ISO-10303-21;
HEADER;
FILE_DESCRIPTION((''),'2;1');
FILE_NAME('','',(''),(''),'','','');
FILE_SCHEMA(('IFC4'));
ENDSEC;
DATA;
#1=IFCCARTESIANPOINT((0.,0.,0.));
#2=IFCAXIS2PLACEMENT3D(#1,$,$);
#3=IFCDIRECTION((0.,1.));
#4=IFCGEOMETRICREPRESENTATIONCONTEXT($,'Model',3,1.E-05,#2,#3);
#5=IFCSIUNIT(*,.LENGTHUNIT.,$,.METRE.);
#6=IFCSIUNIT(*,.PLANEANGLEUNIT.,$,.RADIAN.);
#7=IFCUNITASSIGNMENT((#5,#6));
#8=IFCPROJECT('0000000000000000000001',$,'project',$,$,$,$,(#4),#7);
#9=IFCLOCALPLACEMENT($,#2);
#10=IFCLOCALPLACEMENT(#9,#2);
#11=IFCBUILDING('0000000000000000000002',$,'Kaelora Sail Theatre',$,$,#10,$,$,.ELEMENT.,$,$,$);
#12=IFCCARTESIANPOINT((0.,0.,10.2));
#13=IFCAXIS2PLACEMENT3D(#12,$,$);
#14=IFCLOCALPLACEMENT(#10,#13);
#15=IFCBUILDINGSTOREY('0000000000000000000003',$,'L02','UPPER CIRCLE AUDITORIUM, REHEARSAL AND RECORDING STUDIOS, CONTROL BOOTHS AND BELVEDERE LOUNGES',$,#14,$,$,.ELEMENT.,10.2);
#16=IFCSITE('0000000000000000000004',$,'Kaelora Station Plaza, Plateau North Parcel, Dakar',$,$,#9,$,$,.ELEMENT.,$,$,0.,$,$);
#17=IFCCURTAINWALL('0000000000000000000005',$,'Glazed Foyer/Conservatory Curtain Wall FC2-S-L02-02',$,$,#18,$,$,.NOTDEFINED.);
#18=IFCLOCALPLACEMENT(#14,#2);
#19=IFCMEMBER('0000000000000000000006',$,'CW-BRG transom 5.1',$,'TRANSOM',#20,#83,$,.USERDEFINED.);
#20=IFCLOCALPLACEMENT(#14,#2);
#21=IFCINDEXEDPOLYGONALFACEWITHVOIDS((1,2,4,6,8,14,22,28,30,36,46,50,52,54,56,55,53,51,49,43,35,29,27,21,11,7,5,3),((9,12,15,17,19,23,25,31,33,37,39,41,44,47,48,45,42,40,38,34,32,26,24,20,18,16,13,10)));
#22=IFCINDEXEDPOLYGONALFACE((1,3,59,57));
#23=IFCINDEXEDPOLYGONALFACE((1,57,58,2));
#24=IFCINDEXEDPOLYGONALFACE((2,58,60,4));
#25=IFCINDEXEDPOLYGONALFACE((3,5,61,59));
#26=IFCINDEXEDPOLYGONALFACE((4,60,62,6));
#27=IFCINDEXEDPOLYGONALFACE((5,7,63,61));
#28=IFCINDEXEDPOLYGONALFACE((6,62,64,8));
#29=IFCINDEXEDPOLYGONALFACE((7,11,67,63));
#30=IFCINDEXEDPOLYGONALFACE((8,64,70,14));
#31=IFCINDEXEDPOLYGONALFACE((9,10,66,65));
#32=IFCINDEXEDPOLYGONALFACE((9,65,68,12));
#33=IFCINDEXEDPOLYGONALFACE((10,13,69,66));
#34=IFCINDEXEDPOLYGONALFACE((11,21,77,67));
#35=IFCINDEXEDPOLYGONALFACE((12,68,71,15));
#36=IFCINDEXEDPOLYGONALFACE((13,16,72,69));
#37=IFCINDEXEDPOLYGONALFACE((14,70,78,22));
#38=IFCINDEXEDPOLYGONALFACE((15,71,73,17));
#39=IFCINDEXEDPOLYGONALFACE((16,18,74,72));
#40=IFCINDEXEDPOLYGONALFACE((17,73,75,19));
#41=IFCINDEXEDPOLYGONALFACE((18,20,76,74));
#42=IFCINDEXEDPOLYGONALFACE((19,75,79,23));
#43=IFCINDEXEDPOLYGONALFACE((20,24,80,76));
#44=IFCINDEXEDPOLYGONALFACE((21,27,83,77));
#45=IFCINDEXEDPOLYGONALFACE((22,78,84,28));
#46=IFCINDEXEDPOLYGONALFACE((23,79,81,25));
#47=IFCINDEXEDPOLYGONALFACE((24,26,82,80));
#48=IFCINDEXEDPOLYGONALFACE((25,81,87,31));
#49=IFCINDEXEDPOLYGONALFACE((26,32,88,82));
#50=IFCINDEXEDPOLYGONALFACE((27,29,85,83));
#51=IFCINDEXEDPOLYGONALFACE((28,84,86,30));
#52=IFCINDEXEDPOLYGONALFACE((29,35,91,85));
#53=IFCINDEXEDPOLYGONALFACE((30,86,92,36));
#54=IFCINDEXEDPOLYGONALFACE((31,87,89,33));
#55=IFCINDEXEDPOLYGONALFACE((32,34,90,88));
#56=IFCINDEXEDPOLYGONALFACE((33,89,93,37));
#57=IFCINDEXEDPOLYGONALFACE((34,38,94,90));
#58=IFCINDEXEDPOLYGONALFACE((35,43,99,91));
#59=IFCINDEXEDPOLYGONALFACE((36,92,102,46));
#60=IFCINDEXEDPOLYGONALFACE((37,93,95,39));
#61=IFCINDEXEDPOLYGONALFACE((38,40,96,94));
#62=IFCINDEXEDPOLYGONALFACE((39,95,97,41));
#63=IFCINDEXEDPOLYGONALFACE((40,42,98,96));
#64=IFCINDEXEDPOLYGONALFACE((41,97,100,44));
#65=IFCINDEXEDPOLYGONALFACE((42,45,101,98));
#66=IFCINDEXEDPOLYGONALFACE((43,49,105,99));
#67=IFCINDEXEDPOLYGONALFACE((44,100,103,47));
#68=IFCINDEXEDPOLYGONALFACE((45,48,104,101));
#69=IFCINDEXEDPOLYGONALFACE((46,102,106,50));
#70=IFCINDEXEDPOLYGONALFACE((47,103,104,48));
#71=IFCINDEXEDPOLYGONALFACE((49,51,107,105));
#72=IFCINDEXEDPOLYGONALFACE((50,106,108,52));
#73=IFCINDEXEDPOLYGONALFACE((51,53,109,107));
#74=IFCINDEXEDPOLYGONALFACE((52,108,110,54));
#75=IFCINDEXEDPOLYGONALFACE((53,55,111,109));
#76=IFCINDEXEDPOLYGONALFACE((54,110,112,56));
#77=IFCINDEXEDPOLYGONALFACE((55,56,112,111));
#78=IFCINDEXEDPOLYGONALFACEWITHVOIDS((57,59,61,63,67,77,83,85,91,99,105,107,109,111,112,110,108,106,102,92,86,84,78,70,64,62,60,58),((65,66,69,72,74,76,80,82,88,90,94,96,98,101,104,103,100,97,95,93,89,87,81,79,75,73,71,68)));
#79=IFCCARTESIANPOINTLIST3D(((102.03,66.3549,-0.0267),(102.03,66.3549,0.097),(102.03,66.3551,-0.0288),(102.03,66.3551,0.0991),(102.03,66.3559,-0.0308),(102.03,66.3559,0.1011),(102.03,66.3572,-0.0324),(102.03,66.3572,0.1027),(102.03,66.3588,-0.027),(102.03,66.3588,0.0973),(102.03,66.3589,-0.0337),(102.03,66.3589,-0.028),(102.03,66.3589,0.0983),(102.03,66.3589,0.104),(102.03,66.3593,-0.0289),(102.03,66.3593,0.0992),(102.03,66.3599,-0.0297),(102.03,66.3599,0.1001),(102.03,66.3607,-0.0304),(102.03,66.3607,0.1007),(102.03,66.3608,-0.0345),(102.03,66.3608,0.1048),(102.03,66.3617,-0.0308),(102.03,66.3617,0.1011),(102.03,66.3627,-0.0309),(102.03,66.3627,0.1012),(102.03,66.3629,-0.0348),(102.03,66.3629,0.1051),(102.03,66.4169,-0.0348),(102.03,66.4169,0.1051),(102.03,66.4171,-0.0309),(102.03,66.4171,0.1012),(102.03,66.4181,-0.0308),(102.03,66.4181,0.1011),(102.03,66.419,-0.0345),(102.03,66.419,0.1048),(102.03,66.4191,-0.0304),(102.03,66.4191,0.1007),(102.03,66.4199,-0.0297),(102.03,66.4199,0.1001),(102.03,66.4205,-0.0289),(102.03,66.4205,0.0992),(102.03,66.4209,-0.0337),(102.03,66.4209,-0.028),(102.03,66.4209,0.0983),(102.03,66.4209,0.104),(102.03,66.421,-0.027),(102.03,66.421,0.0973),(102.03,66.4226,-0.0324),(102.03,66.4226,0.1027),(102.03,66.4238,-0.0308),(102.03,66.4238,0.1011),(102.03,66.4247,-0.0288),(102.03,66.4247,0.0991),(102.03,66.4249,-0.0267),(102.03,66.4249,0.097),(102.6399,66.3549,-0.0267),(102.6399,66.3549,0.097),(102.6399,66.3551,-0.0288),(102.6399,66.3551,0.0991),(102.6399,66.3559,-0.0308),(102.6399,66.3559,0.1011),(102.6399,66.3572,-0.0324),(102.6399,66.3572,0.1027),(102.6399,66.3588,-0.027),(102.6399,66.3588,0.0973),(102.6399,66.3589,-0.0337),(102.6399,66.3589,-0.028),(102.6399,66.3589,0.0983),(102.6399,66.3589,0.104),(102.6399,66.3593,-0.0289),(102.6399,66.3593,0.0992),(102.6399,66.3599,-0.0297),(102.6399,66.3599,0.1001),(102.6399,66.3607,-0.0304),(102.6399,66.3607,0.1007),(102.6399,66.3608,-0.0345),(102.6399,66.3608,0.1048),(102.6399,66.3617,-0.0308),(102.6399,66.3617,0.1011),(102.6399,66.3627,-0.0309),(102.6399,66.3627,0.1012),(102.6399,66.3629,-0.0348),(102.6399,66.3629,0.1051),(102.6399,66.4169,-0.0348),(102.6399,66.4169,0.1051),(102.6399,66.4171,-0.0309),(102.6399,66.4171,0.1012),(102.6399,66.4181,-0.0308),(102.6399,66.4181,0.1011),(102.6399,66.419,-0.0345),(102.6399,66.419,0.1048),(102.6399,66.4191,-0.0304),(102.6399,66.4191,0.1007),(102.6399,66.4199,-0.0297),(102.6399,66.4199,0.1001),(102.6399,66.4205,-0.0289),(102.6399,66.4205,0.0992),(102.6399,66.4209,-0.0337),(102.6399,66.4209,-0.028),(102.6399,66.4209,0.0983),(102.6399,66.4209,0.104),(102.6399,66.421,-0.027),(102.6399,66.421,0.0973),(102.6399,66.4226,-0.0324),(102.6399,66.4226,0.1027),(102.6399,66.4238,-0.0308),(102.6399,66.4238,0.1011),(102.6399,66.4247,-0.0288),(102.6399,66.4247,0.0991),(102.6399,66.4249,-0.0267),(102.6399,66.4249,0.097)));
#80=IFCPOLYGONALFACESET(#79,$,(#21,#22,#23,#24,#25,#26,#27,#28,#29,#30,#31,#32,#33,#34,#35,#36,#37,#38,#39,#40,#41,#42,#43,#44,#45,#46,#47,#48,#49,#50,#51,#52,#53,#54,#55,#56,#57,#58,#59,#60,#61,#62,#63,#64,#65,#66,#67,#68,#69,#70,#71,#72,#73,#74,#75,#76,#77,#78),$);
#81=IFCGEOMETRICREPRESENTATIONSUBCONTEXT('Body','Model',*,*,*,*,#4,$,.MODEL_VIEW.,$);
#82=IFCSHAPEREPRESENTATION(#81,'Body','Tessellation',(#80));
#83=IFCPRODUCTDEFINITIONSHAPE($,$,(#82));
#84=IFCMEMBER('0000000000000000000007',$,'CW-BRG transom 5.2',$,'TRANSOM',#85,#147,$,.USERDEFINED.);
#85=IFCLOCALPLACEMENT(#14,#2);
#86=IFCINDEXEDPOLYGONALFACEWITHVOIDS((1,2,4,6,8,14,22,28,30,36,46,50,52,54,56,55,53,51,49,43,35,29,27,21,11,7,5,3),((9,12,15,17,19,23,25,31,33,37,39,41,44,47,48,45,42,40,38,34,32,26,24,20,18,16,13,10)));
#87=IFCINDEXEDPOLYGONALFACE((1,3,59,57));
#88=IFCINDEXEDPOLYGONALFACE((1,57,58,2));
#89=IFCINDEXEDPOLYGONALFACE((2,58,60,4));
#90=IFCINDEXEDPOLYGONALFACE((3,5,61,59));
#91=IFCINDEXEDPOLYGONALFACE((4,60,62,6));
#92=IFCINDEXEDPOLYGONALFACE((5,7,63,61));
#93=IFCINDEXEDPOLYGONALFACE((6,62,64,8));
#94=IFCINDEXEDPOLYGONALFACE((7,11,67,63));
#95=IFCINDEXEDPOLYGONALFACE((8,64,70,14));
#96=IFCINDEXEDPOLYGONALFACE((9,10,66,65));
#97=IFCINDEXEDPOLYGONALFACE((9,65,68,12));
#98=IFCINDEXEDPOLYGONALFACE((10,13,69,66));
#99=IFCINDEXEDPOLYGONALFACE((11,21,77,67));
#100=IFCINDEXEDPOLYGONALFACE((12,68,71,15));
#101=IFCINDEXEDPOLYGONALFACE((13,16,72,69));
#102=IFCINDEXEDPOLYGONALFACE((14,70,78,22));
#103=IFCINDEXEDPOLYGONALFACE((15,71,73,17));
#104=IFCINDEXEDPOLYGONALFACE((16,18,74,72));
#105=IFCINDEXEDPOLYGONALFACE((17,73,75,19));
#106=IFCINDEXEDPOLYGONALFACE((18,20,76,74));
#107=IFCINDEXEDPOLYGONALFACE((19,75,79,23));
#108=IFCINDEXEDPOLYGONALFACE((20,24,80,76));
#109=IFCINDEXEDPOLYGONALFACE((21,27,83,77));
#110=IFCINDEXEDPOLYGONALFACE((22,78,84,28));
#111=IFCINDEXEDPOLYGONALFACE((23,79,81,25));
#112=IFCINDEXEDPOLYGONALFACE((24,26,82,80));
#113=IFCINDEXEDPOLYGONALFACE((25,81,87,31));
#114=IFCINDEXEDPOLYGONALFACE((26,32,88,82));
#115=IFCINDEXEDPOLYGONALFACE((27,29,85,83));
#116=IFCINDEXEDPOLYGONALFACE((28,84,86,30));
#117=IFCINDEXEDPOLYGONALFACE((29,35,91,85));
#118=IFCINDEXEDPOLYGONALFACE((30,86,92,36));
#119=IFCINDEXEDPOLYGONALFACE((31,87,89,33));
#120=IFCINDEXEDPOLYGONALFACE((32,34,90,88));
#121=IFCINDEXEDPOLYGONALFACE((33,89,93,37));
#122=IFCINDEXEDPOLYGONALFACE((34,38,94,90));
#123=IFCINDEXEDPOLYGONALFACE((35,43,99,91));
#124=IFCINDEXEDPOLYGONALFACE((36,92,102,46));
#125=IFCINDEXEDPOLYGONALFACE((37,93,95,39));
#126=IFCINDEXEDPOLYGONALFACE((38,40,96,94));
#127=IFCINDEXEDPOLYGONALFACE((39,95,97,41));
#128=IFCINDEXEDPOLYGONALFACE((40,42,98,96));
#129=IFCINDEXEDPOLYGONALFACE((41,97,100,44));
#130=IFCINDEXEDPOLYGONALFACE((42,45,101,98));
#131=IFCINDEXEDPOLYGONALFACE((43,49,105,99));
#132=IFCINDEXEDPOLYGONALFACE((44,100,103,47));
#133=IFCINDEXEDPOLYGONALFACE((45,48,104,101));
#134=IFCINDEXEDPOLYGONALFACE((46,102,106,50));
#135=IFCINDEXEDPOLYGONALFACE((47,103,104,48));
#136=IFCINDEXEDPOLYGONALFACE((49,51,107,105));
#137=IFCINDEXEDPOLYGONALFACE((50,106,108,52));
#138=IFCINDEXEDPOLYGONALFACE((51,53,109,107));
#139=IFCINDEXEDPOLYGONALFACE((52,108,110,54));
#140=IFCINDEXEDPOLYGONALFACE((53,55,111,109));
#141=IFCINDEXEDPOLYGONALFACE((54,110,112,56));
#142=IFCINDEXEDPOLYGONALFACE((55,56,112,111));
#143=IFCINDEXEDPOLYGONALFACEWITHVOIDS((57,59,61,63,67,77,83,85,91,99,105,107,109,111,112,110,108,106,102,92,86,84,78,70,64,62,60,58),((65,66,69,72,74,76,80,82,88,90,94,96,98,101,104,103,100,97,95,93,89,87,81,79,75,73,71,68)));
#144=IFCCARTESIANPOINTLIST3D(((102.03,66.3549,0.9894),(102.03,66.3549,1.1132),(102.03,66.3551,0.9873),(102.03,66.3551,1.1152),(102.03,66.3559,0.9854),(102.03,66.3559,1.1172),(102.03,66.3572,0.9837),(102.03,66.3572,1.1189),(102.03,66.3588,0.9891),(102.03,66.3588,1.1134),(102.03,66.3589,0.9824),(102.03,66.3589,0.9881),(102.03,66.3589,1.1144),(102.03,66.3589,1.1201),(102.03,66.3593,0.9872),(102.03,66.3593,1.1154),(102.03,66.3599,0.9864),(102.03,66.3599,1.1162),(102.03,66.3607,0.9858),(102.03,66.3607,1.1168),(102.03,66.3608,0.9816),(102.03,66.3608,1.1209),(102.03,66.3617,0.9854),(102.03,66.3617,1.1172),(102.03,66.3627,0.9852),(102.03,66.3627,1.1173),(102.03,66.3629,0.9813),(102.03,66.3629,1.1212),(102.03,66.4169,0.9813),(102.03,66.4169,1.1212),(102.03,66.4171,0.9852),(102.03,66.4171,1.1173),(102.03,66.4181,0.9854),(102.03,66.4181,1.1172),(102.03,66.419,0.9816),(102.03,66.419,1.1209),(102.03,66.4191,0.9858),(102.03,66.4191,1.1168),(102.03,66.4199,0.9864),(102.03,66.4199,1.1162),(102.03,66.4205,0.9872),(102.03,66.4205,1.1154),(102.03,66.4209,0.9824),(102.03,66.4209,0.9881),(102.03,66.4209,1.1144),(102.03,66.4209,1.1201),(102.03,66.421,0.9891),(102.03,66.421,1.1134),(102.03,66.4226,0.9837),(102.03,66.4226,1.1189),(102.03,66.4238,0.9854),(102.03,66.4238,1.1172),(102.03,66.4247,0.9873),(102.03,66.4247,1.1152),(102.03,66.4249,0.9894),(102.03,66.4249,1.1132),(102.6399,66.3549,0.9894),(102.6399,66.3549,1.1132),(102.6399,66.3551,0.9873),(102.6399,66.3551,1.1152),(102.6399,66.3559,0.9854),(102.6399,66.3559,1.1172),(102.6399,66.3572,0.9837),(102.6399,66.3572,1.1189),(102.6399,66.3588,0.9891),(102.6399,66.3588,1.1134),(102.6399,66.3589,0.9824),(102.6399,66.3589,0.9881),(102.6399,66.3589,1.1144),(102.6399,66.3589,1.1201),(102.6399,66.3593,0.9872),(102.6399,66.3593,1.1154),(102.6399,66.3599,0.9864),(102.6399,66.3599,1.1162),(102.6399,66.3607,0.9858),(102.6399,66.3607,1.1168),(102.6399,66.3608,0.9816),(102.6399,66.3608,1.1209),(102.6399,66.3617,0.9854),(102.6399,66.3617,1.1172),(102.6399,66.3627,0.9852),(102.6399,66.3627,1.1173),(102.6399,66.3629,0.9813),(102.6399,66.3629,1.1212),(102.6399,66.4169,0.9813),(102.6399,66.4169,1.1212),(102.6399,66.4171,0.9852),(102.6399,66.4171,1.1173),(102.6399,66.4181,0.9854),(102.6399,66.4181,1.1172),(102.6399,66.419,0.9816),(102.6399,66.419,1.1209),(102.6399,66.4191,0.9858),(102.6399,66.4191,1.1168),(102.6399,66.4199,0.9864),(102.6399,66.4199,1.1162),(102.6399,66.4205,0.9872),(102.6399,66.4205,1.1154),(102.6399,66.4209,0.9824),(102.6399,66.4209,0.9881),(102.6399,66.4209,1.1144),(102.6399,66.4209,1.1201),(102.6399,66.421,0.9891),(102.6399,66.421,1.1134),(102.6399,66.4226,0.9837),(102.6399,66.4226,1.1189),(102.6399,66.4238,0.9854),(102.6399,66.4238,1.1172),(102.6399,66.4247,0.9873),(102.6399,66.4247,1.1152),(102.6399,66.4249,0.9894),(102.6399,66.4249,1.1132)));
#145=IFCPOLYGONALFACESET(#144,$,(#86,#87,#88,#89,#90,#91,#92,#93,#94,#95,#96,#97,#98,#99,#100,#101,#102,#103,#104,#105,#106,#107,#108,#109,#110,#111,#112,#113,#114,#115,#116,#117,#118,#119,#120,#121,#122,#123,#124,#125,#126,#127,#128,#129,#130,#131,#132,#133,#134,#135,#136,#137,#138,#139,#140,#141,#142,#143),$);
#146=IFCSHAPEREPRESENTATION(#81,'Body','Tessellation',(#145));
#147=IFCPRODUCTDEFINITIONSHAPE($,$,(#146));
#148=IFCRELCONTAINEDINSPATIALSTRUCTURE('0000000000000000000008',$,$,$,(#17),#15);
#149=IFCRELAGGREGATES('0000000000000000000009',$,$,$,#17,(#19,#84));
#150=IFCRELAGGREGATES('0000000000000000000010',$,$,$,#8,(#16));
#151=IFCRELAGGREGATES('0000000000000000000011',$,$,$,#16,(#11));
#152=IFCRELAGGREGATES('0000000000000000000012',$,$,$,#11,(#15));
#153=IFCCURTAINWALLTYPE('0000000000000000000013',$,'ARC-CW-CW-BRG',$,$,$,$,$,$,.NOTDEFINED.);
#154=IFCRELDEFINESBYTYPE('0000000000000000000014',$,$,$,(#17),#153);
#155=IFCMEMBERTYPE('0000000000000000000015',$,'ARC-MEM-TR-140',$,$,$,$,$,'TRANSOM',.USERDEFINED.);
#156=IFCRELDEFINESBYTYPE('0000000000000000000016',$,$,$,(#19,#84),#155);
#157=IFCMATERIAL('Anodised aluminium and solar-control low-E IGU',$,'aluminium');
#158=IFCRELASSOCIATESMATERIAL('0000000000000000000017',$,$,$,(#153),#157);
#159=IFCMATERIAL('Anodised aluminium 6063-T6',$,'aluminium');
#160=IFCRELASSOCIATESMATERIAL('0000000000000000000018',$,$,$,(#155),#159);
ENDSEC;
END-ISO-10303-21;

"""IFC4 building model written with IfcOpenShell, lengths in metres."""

from ifc_helpers import new_model, si_unit, direction, frame, origin, origin_2d, place, context, subcontext, project, spatial, hollow_rectangle, extrude, material, material_profile, profile_set, type_object, element, aggregate, save


model = new_model("IFC4")

# Units and contexts
model_context = context("Model", 3, precision=1e-05, world=origin(), true_north=direction((0.0, 1.0)))
body_context = subcontext(model_context, "Body", "Model", "MODEL_VIEW")
ifc_project = project(units=[si_unit("LENGTHUNIT", "METRE"), si_unit("PLANEANGLEUNIT", "RADIAN")], contexts=[model_context])

# Site, building, storey
site_placement = place(None, origin())
site = spatial("IfcSite", under=ifc_project, at=site_placement, Name="Kaelora Station Plaza, Plateau North Parcel, Dakar", CompositionType="ELEMENT", RefElevation=0.0)
building_placement = place(site_placement, origin())
building = spatial("IfcBuilding", under=site, at=building_placement, Name="Kaelora Sail Theatre", CompositionType="ELEMENT")
storey_placement = place(building_placement, frame((0.0, 0.0, 10.2)))
storey = spatial("IfcBuildingStorey", under=building, at=storey_placement, Name="L02", Description="UPPER CIRCLE AUDITORIUM, REHEARSAL AND RECORDING STUDIOS, CONTROL BOOTHS AND BELVEDERE LOUNGES", CompositionType="ELEMENT", Elevation=10.2)

# Curtain wall, members
ifc_material_1 = material(Name="Anodised aluminium and solar-control low-E IGU", Category="aluminium")
curtain_wall_type = type_object("IfcCurtainWallType", Name="ARC-CW-CW-BRG", PredefinedType="NOTDEFINED", material=ifc_material_1)
curtain_wall_placement = place(storey_placement, origin())
curtain_wall = element("IfcCurtainWall", 1, at=curtain_wall_placement, inside=storey, type_object=curtain_wall_type, Name="Glazed Foyer/Conservatory Curtain Wall FC2-S-L02-02", PredefinedType="NOTDEFINED")
ifc_material_2 = material(Name="Anodised aluminium 6063-T6", Category="aluminium")
ifc_material_profile_1 = material_profile(ifc_material_2, hollow_rectangle(XDim=0.0701, YDim=0.1399, WallThickness=0.0039, InnerFilletRadius=0.0039, OuterFilletRadius=0.0081, at=origin_2d()), Name="ALU-TRAN 70x140x4")
ifc_profile_set_1 = profile_set([ifc_material_profile_1], Name="Anodised aluminium 6063-T6")
member_type_1 = type_object("IfcMemberType", Name="ARC-MEM-TR-140", ElementType="TRANSOM", PredefinedType="USERDEFINED", material=ifc_profile_set_1)
member_1_placement = place(storey_placement, frame((102.03, 66.3899, 0.0352), z_axis=(1.0, 0.0, 0.0), x_axis=(0.0, 1.0, 0.0)))
member_1 = element("IfcMember", 2, at=member_1_placement, type_object=member_type_1, Name="CW-BRG transom 5.1", ObjectType="TRANSOM", PredefinedType="USERDEFINED", context=body_context, shape_type="SweptSolid", body=[
    extrude(hollow_rectangle(XDim=0.0701, YDim=0.1399, WallThickness=0.0039, InnerFilletRadius=0.0039, OuterFilletRadius=0.0081, at=origin_2d()), origin(), (0.0, 0.0, 1.0), 0.6099),
])
member_2_placement = place(storey_placement, frame((102.03, 66.3899, 1.0513), z_axis=(1.0, 0.0, 0.0), x_axis=(0.0, 1.0, 0.0)))
member_2 = element("IfcMember", 3, at=member_2_placement, type_object=member_type_1, Name="CW-BRG transom 5.2", ObjectType="TRANSOM", PredefinedType="USERDEFINED", context=body_context, shape_type="SweptSolid", body=[
    extrude(hollow_rectangle(XDim=0.0701, YDim=0.1399, WallThickness=0.0039, InnerFilletRadius=0.0039, OuterFilletRadius=0.0081, at=origin_2d()), origin(), (0.0, 0.0, 1.0), 0.6099),
])
aggregate(curtain_wall, [member_1, member_2])

save(model, "model.ifc")
